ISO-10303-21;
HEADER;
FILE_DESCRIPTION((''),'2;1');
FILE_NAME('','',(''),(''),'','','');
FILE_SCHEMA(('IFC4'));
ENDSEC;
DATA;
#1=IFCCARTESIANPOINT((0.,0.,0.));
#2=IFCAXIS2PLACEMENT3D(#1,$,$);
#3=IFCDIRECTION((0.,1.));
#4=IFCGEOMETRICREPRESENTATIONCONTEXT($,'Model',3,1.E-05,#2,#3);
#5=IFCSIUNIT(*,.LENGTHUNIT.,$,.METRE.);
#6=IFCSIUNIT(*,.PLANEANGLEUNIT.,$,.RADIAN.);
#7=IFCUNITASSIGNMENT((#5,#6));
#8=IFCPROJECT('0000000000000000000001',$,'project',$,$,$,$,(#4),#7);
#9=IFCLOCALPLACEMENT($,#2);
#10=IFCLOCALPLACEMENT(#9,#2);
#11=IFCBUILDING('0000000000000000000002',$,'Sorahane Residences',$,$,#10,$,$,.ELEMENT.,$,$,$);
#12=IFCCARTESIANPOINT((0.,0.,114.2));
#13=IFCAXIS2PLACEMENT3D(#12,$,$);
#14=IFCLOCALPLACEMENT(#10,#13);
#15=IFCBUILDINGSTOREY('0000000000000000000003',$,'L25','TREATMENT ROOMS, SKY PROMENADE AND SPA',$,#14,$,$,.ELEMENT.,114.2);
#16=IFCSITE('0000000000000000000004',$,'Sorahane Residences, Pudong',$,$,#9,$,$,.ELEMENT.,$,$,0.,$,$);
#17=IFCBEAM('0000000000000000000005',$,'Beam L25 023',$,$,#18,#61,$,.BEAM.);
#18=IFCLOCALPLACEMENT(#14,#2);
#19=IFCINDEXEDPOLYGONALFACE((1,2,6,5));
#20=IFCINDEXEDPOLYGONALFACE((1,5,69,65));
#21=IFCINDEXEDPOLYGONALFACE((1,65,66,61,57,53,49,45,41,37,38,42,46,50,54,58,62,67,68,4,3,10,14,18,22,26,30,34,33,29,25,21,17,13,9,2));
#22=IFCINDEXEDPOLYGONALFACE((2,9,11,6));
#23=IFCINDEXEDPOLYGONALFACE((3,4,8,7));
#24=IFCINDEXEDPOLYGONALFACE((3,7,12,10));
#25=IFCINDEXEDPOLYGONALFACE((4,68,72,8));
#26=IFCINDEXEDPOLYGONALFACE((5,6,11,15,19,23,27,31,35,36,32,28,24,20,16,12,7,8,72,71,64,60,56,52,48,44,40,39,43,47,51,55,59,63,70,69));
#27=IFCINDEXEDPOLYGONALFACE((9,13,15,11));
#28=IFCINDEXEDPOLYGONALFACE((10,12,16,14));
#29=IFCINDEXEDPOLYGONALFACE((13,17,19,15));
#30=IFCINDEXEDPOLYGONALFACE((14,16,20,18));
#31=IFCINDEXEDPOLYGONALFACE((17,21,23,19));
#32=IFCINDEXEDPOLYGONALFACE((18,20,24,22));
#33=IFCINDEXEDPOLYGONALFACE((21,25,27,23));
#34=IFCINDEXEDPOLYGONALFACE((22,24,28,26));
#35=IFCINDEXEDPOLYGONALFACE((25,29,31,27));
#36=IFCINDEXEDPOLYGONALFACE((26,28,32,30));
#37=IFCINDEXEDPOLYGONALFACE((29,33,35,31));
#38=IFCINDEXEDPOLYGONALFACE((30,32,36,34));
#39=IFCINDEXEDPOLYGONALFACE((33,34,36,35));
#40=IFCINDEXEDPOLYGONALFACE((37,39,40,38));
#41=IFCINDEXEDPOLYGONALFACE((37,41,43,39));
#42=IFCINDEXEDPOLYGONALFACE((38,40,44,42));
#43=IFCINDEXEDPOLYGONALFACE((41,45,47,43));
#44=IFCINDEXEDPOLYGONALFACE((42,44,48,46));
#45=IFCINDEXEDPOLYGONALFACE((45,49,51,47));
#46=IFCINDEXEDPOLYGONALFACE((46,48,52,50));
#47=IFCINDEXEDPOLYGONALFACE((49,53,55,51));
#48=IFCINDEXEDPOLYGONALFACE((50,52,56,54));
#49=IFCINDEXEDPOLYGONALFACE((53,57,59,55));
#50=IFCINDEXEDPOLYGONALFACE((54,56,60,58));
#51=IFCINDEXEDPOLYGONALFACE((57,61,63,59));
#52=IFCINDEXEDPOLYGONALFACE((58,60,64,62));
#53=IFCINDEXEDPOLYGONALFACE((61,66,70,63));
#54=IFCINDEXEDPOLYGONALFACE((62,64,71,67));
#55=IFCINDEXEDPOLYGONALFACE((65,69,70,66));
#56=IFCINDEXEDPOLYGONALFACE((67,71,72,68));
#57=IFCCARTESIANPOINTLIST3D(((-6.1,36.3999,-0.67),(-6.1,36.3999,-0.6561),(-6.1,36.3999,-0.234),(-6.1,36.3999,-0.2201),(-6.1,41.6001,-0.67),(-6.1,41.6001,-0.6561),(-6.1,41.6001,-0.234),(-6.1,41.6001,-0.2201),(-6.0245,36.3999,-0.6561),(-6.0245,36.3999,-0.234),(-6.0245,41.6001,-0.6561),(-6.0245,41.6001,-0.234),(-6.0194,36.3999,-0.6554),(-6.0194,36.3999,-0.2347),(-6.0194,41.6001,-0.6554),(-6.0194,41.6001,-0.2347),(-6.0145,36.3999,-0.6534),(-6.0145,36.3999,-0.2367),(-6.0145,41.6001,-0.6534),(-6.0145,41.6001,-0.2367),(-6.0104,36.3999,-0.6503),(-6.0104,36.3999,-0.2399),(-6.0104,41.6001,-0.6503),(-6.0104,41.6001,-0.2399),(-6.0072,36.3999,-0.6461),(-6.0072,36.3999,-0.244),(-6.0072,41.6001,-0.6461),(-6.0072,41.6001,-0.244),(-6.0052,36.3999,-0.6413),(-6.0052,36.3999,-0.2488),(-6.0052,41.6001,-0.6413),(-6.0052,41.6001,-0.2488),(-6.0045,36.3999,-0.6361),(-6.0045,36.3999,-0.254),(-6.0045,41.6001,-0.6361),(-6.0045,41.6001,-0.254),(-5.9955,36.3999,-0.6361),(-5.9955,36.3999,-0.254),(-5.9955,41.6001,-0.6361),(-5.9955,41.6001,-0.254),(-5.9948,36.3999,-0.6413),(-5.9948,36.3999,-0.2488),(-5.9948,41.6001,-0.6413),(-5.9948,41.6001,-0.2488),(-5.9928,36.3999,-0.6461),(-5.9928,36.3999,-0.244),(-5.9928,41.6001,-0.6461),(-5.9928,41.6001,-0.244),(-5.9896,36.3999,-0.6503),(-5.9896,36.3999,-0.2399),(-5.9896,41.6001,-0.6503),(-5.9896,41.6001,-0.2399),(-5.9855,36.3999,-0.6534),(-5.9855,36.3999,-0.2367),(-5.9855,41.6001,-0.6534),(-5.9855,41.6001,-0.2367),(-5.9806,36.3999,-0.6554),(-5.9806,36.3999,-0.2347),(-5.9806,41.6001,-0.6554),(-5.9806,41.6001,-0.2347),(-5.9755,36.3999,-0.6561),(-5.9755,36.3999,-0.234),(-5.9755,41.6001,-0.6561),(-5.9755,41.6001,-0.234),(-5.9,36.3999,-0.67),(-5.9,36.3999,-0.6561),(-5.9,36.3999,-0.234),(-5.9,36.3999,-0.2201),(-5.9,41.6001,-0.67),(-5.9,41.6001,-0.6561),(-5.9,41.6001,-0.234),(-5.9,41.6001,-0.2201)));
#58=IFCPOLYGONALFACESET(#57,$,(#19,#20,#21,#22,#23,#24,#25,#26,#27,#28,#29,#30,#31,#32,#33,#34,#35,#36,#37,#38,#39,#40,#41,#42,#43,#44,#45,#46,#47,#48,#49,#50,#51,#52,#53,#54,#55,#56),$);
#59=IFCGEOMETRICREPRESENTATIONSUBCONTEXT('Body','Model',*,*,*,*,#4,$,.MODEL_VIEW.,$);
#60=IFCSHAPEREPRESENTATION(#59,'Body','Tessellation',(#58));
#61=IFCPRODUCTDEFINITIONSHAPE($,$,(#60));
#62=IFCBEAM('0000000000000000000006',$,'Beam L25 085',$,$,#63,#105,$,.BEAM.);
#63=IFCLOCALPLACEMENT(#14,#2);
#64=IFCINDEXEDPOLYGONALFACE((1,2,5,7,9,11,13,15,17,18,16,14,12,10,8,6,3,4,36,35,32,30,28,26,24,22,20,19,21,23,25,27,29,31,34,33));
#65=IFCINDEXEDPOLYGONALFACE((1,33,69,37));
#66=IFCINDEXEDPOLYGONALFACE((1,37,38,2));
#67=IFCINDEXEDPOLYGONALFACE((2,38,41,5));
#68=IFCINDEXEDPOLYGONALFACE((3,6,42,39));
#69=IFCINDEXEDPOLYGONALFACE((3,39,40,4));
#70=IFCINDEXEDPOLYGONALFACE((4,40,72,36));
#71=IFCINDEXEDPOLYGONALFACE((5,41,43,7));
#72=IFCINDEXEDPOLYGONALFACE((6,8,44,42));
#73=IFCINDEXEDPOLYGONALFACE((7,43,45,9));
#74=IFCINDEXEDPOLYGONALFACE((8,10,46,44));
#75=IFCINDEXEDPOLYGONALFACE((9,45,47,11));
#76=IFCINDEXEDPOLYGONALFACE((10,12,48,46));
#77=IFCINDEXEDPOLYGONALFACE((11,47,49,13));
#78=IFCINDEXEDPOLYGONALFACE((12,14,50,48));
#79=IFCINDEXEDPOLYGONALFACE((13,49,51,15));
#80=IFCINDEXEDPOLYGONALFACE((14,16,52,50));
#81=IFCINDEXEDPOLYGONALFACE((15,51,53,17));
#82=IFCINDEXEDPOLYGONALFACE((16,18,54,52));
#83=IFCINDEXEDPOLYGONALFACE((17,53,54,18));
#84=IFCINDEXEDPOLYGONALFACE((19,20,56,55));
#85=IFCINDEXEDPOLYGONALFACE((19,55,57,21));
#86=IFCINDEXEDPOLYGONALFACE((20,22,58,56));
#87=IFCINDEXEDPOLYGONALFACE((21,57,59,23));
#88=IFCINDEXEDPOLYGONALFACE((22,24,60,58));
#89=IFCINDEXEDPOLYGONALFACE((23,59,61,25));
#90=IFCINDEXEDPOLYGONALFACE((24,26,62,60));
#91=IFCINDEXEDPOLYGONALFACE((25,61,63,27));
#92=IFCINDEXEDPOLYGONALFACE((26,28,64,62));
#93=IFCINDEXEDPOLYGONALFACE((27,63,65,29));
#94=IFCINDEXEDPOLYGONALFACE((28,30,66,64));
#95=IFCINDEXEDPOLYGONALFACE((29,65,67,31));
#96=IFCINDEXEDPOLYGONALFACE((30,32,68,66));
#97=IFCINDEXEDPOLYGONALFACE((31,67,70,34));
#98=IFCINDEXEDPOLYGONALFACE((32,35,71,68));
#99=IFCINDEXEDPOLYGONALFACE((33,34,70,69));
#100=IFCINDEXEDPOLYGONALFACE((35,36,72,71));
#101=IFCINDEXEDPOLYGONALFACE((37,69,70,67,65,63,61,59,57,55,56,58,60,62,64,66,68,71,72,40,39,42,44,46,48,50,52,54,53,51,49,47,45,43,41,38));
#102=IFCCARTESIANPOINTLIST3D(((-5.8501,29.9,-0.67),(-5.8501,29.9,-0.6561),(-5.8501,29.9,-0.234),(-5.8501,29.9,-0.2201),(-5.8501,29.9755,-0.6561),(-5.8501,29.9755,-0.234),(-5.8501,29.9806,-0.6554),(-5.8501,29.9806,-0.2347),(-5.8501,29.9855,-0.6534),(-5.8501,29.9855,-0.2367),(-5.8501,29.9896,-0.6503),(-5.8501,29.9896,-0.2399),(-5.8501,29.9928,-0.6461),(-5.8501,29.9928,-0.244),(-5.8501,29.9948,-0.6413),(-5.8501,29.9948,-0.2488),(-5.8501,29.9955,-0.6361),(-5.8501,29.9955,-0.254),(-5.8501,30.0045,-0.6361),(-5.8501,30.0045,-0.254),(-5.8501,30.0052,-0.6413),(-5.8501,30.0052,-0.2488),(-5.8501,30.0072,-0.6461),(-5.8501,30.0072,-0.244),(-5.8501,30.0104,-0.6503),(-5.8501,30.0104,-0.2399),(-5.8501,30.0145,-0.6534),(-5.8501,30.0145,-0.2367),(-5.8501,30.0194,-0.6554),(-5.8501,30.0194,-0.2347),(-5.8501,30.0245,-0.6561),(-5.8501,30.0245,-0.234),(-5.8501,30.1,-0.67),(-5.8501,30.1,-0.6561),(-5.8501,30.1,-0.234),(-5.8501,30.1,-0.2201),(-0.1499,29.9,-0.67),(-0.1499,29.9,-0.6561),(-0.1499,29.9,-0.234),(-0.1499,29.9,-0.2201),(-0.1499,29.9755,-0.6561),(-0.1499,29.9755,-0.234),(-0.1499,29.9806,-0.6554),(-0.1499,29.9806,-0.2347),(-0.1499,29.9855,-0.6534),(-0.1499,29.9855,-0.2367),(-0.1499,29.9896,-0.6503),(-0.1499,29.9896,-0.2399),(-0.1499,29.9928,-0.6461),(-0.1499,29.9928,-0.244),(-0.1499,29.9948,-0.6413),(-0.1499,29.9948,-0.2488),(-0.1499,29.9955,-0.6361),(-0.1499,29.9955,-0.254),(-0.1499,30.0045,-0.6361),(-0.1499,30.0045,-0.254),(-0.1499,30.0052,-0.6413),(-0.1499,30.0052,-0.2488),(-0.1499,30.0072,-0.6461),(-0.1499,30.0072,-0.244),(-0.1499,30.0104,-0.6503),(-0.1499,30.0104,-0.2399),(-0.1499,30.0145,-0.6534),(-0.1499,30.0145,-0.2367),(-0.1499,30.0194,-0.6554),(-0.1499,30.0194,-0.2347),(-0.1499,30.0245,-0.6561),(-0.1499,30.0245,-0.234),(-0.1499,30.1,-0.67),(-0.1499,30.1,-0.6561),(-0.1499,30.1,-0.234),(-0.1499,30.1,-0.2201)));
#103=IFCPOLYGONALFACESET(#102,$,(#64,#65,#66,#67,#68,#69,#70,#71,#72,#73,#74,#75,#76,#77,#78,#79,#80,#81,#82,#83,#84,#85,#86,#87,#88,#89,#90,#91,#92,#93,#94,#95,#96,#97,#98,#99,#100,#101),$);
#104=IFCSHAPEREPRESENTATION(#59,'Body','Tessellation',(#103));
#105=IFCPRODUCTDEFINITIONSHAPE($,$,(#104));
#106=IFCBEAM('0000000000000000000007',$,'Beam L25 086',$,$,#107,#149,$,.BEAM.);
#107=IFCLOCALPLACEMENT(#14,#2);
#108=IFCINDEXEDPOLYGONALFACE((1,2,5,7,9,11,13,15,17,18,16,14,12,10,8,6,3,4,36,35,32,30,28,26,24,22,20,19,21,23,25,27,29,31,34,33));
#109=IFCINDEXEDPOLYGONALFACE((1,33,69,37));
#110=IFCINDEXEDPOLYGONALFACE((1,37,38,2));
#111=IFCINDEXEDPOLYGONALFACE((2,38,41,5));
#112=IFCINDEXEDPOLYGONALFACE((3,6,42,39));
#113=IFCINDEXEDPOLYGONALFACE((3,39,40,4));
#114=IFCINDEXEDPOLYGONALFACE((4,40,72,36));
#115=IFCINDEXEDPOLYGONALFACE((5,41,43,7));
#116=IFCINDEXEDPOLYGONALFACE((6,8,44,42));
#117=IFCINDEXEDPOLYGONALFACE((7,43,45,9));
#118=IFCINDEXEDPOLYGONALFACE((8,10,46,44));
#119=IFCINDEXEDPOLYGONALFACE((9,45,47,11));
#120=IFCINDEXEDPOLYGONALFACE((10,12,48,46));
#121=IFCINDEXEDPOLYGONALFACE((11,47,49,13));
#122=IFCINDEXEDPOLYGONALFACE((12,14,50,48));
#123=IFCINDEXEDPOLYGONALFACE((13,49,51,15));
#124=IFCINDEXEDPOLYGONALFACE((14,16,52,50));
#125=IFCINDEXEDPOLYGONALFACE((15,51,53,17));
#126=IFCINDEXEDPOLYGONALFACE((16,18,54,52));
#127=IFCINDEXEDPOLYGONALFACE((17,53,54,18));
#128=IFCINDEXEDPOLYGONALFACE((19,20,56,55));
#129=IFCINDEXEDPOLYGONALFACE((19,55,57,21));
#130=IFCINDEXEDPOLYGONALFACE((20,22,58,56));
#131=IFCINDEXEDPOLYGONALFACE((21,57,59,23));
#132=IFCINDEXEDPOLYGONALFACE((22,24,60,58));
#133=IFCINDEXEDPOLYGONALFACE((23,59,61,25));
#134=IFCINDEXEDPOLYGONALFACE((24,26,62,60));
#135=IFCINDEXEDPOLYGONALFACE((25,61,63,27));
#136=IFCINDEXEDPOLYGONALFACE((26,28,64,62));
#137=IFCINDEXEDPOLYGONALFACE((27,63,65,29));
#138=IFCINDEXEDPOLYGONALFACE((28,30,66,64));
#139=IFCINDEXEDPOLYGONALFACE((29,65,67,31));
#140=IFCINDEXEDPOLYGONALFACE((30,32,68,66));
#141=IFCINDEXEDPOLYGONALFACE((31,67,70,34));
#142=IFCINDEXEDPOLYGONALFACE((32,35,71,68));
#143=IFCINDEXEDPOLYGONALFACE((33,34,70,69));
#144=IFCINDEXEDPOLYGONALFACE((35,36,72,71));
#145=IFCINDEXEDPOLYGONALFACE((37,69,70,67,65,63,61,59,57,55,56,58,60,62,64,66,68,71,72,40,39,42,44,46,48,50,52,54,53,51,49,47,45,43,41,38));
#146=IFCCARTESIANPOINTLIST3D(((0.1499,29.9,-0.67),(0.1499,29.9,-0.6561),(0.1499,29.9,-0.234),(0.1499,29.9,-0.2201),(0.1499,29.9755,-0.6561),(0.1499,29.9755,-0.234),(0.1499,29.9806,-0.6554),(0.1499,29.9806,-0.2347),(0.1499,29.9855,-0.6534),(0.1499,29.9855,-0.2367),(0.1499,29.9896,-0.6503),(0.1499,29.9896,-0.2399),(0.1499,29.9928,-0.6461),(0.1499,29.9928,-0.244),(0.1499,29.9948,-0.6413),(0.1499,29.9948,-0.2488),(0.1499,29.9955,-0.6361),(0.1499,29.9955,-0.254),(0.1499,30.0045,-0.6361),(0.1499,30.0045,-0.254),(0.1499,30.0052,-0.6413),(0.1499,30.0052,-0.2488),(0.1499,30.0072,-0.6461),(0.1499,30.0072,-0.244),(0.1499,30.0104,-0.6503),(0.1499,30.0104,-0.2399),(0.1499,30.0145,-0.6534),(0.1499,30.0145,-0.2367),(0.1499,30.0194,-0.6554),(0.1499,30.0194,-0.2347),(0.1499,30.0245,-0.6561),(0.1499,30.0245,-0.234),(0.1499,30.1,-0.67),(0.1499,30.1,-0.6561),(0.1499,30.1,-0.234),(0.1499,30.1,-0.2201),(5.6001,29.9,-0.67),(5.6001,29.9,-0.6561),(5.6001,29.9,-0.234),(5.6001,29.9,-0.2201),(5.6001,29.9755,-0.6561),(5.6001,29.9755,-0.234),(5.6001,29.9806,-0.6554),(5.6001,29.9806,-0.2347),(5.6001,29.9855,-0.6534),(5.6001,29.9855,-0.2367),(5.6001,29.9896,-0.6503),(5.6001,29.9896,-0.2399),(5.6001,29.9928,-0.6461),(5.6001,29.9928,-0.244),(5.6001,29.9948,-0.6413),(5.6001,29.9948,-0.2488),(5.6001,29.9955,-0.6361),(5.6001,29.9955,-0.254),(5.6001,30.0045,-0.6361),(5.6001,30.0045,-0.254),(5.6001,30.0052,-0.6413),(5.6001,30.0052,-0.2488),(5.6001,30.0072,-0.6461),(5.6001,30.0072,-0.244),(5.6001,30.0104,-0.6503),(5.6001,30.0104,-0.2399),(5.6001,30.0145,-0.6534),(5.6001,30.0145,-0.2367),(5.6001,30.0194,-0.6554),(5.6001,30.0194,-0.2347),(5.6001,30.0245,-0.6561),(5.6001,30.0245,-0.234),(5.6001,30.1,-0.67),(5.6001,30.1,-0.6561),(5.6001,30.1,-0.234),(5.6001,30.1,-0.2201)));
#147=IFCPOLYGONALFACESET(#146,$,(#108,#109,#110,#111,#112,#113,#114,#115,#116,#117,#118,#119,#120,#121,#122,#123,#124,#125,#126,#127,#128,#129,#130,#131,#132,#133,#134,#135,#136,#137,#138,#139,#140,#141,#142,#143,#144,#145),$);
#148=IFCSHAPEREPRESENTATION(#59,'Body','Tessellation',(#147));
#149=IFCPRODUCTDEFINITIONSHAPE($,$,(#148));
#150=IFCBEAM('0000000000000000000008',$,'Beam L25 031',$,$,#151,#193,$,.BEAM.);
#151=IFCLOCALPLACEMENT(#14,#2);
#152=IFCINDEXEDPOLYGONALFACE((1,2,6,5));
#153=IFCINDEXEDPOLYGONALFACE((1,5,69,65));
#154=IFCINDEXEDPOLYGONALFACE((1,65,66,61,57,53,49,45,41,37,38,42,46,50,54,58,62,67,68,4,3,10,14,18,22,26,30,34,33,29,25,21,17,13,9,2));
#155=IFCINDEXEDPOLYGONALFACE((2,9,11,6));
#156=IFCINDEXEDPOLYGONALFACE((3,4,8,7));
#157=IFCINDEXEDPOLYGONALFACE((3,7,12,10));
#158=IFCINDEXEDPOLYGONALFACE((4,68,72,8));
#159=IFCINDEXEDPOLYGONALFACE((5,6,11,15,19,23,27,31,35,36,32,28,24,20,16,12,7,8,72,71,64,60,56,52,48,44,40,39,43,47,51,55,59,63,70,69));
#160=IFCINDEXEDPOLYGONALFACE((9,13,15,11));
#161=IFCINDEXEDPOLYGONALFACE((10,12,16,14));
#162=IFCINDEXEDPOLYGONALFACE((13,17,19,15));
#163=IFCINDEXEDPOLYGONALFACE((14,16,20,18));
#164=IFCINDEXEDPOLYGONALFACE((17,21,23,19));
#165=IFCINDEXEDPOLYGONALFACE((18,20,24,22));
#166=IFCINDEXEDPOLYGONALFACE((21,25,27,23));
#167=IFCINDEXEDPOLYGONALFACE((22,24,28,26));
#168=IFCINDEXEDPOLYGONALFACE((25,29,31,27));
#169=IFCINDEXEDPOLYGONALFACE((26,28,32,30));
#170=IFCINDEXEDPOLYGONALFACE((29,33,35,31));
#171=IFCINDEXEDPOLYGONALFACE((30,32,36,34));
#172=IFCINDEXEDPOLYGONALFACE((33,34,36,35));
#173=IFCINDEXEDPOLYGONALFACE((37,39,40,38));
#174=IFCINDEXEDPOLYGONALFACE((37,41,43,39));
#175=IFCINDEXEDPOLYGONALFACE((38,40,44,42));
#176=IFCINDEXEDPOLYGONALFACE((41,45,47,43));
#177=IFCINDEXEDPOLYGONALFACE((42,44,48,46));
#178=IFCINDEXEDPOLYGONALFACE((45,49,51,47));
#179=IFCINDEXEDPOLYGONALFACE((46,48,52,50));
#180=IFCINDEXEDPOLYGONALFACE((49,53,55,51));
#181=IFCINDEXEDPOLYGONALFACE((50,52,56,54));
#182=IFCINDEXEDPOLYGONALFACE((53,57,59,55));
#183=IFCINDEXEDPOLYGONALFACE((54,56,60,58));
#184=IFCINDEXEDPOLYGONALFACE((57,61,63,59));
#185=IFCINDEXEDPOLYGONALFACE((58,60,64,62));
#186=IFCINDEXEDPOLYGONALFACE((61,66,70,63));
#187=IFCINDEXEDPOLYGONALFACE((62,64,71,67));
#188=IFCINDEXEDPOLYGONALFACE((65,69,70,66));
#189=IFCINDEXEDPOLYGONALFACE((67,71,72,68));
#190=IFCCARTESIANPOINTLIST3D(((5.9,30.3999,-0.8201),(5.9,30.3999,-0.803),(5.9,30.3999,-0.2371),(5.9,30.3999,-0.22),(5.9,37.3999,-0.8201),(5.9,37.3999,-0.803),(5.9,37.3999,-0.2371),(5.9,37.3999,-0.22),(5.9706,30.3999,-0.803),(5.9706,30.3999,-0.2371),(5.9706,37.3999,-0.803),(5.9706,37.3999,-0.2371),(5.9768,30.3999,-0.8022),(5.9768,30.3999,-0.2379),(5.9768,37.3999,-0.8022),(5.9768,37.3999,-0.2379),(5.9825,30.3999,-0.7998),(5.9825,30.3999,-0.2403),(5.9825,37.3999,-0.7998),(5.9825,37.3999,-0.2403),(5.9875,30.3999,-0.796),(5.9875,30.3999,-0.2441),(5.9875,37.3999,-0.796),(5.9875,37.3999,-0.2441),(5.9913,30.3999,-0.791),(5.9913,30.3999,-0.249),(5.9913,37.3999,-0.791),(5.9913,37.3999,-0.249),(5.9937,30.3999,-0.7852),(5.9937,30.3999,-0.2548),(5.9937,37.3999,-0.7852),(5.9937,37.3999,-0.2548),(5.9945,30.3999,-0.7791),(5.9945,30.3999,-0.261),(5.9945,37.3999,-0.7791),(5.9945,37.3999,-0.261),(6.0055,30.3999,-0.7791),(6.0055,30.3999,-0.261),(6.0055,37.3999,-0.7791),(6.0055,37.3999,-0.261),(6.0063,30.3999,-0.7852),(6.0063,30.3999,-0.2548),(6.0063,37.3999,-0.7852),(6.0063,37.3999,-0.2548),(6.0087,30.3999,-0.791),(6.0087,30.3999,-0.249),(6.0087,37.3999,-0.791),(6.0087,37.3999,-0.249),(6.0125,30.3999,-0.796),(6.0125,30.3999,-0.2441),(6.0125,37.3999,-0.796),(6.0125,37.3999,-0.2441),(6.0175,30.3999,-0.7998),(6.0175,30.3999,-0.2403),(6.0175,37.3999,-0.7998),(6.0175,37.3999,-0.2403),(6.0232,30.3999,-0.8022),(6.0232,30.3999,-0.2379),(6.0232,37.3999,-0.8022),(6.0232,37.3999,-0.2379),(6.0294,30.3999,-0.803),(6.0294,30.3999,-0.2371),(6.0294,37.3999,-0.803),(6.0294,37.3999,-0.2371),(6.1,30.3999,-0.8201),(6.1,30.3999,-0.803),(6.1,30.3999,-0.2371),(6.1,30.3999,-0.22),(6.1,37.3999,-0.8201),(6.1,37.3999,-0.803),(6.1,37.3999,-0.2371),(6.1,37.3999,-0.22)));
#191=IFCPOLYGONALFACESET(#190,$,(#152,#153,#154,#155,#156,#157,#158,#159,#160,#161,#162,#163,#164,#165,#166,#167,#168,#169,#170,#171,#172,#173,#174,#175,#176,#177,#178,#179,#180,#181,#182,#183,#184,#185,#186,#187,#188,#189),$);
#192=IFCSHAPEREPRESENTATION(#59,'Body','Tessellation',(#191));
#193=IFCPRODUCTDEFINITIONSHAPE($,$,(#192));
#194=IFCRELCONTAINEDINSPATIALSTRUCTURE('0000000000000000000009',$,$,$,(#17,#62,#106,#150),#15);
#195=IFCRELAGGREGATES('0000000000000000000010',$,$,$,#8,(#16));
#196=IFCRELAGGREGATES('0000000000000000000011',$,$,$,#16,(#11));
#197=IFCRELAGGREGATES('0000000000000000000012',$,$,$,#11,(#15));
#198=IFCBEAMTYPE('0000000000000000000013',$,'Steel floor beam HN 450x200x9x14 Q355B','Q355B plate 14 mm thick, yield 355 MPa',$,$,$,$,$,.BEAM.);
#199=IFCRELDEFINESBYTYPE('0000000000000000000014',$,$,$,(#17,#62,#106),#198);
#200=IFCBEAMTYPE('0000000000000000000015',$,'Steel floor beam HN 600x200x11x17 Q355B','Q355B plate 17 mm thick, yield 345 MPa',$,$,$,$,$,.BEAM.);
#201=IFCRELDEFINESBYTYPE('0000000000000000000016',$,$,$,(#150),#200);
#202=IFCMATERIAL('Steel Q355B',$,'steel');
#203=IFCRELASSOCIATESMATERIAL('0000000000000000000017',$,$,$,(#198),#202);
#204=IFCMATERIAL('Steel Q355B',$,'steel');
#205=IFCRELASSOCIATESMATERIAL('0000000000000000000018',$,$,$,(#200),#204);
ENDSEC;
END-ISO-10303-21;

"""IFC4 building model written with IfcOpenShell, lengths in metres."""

from ifc_helpers import new_model, si_unit, direction, frame, origin, origin_2d, place, context, subcontext, project, spatial, i_section, extrude, material, material_profile, profile_set, type_object, element, save


model = new_model("IFC4")

# Units and contexts
model_context = context("Model", 3, precision=1e-05, world=origin(), true_north=direction((0.0, 1.0)))
body_context = subcontext(model_context, "Body", "Model", "MODEL_VIEW")
ifc_project = project(units=[si_unit("LENGTHUNIT", "METRE"), si_unit("PLANEANGLEUNIT", "RADIAN")], contexts=[model_context])

# Site, building, storey
site_placement = place(None, origin())
site = spatial("IfcSite", under=ifc_project, at=site_placement, Name="Sorahane Residences, Pudong", CompositionType="ELEMENT", RefElevation=0.0)
building_placement = place(site_placement, origin())
building = spatial("IfcBuilding", under=site, at=building_placement, Name="Sorahane Residences", CompositionType="ELEMENT")
storey_placement = place(building_placement, frame((0.0, 0.0, 114.2)))
storey = spatial("IfcBuildingStorey", under=building, at=storey_placement, Name="L25", Description="TREATMENT ROOMS, SKY PROMENADE AND SPA", CompositionType="ELEMENT", Elevation=114.2)

# Beams
ifc_material_1 = material(Name="Steel Q355B", Category="steel")
ifc_material_profile_1 = material_profile(ifc_material_1, i_section(OverallWidth=0.2, OverallDepth=0.45, WebThickness=0.009, FlangeThickness=0.0139, FilletRadius=0.02, at=origin_2d()), Name="HN 450x200x9x14")
ifc_profile_set_1 = profile_set([ifc_material_profile_1], Name="Steel Q355B")
beam_type_1 = type_object("IfcBeamType", Name="Steel floor beam HN 450x200x9x14 Q355B", Description="Q355B plate 14 mm thick, yield 355 MPa", PredefinedType="BEAM", material=ifc_profile_set_1)
beam_1_placement = place(storey_placement, frame((-6.0, 36.3999, -0.4451), z_axis=(0.0, 1.0, 0.0), x_axis=(-1.0, 0.0, 0.0)))
element("IfcBeam", 1, at=beam_1_placement, inside=storey, type_object=beam_type_1, Name="Beam L25 023", PredefinedType="BEAM", context=body_context, shape_type="SweptSolid", body=[
    extrude(i_section(OverallWidth=0.2, OverallDepth=0.45, WebThickness=0.009, FlangeThickness=0.0139, FilletRadius=0.02, at=origin_2d()), origin(), (0.0, 0.0, 1.0), 5.2002),
])
beam_2_placement = place(storey_placement, frame((-5.8501, 30.0, -0.4451), z_axis=(1.0, 0.0, 0.0), x_axis=(0.0, 1.0, 0.0)))
element("IfcBeam", 2, at=beam_2_placement, inside=storey, type_object=beam_type_1, Name="Beam L25 085", PredefinedType="BEAM", context=body_context, shape_type="SweptSolid", body=[
    extrude(i_section(OverallWidth=0.2, OverallDepth=0.45, WebThickness=0.009, FlangeThickness=0.0139, FilletRadius=0.02, at=origin_2d()), origin(), (0.0, 0.0, 1.0), 5.7002),
])
beam_3_placement = place(storey_placement, frame((0.1499, 30.0, -0.4451), z_axis=(1.0, 0.0, 0.0), x_axis=(0.0, 1.0, 0.0)))
element("IfcBeam", 3, at=beam_3_placement, inside=storey, type_object=beam_type_1, Name="Beam L25 086", PredefinedType="BEAM", context=body_context, shape_type="SweptSolid", body=[
    extrude(i_section(OverallWidth=0.2, OverallDepth=0.45, WebThickness=0.009, FlangeThickness=0.0139, FilletRadius=0.02, at=origin_2d()), origin(), (0.0, 0.0, 1.0), 5.4502),
])
ifc_material_2 = material(Name="Steel Q355B", Category="steel")
ifc_material_profile_2 = material_profile(ifc_material_2, i_section(OverallWidth=0.2, OverallDepth=0.6001, WebThickness=0.011, FlangeThickness=0.0171, FilletRadius=0.0239, at=origin_2d()), Name="HN 600x200x11x17")
ifc_profile_set_2 = profile_set([ifc_material_profile_2], Name="Steel Q355B")
beam_type_2 = type_object("IfcBeamType", Name="Steel floor beam HN 600x200x11x17 Q355B", Description="Q355B plate 17 mm thick, yield 345 MPa", PredefinedType="BEAM", material=ifc_profile_set_2)
beam_4_placement = place(storey_placement, frame((6.0, 30.3999, -0.52), z_axis=(0.0, 1.0, 0.0), x_axis=(-1.0, 0.0, 0.0)))
element("IfcBeam", 4, at=beam_4_placement, inside=storey, type_object=beam_type_2, Name="Beam L25 031", PredefinedType="BEAM", context=body_context, shape_type="SweptSolid", body=[
    extrude(i_section(OverallWidth=0.2, OverallDepth=0.6001, WebThickness=0.011, FlangeThickness=0.0171, FilletRadius=0.0239, at=origin_2d()), origin(), (0.0, 0.0, 1.0), 7.0),
])

save(model, "model.ifc")
